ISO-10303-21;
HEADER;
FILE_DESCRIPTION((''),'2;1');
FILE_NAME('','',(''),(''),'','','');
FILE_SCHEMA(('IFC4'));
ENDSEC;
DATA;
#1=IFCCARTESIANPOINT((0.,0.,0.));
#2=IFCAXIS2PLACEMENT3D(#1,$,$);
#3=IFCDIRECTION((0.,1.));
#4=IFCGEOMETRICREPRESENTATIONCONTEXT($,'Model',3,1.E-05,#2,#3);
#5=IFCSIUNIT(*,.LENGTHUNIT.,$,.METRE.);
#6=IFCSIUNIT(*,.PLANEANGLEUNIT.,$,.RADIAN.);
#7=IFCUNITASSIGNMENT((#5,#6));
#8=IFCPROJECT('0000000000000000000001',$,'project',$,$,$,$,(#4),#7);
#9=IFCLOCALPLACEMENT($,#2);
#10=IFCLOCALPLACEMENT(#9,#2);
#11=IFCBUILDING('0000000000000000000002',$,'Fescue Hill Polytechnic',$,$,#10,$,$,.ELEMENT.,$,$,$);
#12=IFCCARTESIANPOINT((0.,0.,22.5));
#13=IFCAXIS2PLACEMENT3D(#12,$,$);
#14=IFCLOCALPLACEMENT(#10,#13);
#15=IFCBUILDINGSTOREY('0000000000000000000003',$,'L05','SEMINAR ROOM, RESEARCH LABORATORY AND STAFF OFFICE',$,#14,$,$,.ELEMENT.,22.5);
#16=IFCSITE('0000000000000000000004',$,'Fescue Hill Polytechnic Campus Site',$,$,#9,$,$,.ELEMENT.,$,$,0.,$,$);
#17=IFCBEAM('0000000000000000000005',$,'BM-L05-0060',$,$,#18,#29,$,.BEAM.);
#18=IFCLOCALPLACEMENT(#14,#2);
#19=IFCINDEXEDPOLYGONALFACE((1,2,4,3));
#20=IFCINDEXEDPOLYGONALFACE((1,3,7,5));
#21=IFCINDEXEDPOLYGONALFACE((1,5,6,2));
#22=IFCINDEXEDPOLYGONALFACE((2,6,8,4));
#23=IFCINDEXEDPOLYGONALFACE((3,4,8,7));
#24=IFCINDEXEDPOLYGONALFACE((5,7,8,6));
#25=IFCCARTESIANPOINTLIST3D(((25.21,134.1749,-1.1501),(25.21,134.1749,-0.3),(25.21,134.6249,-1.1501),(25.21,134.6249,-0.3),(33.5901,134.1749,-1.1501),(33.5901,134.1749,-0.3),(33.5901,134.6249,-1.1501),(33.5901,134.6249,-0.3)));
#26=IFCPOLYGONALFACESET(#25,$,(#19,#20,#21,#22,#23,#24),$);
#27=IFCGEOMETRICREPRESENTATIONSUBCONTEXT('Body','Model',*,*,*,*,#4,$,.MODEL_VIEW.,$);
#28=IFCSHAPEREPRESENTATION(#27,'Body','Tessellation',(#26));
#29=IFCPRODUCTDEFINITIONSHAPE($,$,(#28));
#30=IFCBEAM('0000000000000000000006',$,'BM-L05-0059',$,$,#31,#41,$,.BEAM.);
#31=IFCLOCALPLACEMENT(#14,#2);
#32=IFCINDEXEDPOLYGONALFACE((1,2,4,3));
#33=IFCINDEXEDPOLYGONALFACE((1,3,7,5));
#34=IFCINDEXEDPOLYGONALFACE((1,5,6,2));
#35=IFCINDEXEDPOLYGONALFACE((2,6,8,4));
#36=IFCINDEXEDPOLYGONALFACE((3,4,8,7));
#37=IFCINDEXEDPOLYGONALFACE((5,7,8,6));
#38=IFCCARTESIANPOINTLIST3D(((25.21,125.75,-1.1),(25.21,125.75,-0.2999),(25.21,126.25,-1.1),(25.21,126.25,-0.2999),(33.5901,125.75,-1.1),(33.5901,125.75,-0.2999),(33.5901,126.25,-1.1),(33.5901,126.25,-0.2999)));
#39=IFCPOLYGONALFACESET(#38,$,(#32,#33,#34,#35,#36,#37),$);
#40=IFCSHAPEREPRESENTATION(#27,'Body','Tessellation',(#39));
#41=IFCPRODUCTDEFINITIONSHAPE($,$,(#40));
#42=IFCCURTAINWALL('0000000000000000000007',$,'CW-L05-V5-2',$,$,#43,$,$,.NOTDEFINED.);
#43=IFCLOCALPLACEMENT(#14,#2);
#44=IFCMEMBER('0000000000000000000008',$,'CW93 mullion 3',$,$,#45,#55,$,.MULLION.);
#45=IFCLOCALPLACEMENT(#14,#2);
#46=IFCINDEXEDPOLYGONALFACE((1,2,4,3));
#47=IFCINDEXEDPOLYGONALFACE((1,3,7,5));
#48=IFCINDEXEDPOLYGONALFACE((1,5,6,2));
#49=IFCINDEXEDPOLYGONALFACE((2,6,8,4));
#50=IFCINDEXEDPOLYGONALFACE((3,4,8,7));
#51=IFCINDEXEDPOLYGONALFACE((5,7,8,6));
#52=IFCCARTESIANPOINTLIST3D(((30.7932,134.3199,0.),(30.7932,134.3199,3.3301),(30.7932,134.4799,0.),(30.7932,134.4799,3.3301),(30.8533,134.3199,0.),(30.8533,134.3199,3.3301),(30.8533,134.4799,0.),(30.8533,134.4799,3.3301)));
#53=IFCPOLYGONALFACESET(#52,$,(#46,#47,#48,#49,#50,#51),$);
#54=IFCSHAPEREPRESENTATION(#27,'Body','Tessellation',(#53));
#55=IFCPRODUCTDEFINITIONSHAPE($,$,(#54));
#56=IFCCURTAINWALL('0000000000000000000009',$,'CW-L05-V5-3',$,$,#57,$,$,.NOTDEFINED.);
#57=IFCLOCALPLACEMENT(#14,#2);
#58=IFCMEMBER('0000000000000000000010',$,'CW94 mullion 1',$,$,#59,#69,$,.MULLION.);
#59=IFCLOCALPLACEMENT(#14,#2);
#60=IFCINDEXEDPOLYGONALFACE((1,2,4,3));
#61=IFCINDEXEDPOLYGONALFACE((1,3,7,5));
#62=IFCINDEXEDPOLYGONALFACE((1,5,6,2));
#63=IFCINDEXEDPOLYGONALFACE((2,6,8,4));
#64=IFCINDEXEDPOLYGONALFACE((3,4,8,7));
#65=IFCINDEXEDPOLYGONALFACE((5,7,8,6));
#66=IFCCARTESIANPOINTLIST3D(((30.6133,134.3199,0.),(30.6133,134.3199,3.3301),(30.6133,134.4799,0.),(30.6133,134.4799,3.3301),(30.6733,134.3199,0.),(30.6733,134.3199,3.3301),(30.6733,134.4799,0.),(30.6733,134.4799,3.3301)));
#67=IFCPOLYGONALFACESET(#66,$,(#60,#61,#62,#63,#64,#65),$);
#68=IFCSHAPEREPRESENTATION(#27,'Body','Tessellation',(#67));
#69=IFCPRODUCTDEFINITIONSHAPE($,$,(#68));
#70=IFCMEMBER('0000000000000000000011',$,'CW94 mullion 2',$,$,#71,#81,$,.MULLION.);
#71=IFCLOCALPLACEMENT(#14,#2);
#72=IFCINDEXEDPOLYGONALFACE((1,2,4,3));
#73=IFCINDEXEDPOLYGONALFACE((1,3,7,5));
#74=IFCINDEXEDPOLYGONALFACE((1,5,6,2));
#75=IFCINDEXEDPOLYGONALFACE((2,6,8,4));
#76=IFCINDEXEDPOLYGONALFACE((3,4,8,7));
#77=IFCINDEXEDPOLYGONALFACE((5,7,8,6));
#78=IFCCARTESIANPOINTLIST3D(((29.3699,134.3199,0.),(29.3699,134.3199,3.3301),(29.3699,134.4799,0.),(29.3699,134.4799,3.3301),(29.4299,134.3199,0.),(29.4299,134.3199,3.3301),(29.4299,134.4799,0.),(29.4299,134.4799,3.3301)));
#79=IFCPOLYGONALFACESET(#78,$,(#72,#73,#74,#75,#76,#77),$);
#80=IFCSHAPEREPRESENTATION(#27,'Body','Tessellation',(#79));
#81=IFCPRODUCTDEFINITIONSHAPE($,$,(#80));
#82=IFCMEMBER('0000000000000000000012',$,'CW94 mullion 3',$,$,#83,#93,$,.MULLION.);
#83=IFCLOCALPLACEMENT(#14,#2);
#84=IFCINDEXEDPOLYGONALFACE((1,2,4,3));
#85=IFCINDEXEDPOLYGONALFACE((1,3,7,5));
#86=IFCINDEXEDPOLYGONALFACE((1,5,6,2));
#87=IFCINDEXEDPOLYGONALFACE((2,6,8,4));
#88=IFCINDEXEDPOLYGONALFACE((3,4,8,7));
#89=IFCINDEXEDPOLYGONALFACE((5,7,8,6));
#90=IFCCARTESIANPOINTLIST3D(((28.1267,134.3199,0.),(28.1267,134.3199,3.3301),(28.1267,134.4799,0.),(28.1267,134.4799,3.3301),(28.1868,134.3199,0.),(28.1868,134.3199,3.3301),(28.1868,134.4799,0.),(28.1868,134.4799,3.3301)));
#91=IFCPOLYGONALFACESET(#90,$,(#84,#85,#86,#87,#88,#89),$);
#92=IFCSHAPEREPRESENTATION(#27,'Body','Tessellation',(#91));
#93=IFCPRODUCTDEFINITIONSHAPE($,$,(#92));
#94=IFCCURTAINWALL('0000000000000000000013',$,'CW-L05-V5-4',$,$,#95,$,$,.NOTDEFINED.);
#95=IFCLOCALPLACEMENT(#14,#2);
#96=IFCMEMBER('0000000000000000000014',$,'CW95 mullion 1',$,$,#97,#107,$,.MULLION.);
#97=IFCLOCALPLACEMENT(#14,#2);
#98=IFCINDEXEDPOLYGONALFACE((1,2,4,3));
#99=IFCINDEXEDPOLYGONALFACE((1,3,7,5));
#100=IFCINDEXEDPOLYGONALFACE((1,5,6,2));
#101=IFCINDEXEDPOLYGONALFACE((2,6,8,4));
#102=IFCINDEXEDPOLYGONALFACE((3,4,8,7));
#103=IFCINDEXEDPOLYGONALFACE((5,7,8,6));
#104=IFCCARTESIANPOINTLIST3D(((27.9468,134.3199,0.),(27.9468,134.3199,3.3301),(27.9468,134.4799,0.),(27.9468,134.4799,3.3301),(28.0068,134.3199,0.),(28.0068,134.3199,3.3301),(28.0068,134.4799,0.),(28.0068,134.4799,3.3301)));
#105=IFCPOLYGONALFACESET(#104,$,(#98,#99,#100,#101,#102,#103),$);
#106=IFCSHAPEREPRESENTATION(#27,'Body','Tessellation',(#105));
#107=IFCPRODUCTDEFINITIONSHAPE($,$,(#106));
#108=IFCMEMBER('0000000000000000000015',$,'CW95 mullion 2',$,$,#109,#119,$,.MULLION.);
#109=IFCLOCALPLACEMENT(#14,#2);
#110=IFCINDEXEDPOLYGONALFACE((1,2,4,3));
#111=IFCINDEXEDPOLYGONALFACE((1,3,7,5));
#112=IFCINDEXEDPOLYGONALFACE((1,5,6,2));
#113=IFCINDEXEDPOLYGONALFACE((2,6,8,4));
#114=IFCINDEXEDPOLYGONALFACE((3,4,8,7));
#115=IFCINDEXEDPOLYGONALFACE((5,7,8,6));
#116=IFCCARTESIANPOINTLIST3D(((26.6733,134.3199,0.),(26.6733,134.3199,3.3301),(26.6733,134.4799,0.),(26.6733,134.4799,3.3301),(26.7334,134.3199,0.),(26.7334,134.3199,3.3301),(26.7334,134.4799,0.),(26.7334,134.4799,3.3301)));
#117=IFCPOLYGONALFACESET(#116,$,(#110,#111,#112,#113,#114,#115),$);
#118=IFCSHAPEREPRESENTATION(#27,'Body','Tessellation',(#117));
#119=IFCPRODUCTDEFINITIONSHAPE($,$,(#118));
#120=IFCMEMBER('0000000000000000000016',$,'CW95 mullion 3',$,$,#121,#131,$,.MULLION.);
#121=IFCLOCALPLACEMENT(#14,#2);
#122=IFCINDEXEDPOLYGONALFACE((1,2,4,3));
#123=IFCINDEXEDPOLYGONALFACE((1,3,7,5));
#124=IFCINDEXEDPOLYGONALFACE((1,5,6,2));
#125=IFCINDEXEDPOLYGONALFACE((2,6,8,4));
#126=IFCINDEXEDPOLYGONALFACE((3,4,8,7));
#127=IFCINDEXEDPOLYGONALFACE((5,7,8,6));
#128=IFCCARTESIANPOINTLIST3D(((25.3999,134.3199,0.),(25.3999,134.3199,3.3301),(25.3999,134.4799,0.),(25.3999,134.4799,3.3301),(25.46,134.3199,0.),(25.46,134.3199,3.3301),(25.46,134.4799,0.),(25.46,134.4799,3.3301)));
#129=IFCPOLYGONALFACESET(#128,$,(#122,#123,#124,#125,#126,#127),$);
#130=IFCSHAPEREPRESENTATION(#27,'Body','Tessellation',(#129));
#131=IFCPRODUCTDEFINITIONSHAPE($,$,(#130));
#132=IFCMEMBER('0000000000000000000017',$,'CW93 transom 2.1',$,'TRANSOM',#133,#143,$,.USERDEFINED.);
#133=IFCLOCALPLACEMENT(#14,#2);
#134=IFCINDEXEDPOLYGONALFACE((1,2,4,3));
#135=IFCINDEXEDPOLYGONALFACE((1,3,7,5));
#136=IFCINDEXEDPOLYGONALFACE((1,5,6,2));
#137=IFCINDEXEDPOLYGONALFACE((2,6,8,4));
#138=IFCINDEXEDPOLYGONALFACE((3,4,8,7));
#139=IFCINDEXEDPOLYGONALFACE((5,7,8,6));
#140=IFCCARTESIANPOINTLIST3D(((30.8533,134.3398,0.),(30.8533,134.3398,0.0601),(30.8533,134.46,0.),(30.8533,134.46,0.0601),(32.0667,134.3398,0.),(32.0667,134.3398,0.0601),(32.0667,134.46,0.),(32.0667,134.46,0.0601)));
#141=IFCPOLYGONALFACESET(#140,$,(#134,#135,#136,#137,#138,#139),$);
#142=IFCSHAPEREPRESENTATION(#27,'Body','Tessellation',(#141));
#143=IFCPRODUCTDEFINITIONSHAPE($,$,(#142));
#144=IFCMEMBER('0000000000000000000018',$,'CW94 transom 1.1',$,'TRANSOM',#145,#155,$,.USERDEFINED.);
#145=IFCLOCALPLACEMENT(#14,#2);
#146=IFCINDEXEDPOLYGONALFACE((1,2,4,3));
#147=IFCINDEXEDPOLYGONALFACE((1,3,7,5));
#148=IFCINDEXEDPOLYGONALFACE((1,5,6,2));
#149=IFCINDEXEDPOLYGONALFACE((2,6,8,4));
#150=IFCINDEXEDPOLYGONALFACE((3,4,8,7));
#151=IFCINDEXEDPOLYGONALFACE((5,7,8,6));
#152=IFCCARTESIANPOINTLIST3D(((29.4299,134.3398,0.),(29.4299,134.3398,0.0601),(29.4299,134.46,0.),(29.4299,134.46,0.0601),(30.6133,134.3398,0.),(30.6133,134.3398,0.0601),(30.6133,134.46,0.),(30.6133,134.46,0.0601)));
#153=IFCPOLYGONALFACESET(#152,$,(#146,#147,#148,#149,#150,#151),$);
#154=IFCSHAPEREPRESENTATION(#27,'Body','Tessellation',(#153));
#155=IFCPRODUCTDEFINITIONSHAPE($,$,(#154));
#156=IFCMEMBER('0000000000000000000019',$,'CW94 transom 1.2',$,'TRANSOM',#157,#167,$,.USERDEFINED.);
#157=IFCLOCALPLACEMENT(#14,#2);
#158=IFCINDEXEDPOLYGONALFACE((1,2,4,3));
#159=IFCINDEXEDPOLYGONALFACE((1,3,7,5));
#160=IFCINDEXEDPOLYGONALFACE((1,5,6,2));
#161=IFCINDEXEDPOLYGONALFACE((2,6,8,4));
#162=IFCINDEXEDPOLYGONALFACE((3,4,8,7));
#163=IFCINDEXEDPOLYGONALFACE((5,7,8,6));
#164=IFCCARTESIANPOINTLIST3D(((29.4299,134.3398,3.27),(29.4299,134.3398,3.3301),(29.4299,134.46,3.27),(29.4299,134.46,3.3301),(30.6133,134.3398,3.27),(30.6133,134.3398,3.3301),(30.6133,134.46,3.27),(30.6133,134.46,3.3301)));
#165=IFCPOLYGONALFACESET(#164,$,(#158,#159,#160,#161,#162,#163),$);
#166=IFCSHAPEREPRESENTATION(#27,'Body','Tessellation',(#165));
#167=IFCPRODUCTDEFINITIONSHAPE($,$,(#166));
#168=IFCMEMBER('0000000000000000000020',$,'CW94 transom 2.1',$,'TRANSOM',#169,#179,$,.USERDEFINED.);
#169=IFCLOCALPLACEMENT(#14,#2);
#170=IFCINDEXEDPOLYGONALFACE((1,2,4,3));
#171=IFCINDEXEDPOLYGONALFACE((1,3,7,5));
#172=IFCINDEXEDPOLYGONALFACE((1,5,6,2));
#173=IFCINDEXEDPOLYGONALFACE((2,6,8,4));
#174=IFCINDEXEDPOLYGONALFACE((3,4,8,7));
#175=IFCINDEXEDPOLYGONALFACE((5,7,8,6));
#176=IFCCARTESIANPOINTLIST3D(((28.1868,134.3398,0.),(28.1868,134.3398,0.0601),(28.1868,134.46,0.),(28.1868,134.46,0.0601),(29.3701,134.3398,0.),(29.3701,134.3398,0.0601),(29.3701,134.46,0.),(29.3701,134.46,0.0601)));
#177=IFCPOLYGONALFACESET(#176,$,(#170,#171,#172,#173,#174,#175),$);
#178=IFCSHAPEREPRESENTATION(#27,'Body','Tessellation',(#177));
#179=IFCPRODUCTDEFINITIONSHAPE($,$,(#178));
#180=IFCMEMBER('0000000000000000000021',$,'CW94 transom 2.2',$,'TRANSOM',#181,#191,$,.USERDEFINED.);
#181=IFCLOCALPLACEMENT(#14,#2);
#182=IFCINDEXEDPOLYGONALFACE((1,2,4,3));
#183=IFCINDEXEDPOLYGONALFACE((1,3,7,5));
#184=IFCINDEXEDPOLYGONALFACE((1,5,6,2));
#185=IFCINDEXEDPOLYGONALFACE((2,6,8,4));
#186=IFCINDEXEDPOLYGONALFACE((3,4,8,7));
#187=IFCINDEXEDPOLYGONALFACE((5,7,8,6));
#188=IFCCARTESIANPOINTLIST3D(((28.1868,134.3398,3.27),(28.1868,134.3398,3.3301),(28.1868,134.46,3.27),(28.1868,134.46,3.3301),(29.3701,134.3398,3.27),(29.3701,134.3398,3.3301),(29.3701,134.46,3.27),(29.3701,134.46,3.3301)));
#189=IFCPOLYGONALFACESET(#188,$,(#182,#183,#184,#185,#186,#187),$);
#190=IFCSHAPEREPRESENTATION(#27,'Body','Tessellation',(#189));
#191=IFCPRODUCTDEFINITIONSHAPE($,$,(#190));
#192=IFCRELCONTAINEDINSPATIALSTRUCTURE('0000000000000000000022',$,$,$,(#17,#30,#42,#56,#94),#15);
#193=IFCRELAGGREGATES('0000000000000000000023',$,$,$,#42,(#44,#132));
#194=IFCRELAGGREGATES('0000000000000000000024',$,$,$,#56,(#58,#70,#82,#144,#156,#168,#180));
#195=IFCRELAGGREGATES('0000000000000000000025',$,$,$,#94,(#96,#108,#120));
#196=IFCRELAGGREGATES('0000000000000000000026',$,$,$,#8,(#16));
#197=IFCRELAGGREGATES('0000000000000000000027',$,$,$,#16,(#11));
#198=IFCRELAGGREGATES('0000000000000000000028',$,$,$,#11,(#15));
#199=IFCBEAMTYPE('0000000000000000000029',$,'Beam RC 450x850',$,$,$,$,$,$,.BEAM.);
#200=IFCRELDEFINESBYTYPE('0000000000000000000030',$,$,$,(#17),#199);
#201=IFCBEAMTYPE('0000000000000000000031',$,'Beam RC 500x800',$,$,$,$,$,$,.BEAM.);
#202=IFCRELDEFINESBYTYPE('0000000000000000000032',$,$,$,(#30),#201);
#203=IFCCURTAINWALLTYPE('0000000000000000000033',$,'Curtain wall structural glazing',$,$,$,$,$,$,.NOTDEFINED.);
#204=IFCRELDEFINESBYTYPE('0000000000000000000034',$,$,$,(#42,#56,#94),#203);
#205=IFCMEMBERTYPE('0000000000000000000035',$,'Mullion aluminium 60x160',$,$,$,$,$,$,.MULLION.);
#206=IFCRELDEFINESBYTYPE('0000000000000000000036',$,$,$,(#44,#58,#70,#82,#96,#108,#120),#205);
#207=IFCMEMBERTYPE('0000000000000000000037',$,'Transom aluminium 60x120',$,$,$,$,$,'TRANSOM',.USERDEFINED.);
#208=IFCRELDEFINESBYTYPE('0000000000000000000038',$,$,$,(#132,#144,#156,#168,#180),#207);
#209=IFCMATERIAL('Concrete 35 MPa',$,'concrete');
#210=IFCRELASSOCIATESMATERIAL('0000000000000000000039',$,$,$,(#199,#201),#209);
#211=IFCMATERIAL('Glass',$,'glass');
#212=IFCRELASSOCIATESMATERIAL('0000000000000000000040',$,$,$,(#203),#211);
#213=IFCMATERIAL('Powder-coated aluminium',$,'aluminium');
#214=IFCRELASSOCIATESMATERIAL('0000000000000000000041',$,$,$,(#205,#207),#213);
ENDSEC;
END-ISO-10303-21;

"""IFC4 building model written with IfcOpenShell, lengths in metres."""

from ifc_helpers import new_model, si_unit, direction, frame, origin, origin_2d, place, context, subcontext, project, spatial, rectangle, extrude, material, material_profile, profile_set, type_object, element, aggregate, save


model = new_model("IFC4")

# Units and contexts
model_context = context("Model", 3, precision=1e-05, world=origin(), true_north=direction((0.0, 1.0)))
body_context = subcontext(model_context, "Body", "Model", "MODEL_VIEW")
ifc_project = project(units=[si_unit("LENGTHUNIT", "METRE"), si_unit("PLANEANGLEUNIT", "RADIAN")], contexts=[model_context])

# Site, building, storey
site_placement = place(None, origin())
site = spatial("IfcSite", under=ifc_project, at=site_placement, Name="Fescue Hill Polytechnic Campus Site", CompositionType="ELEMENT", RefElevation=0.0)
building_placement = place(site_placement, origin())
building = spatial("IfcBuilding", under=site, at=building_placement, Name="Fescue Hill Polytechnic", CompositionType="ELEMENT")
storey_placement = place(building_placement, frame((0.0, 0.0, 22.5)))
storey = spatial("IfcBuildingStorey", under=building, at=storey_placement, Name="L05", Description="SEMINAR ROOM, RESEARCH LABORATORY AND STAFF OFFICE", CompositionType="ELEMENT", Elevation=22.5)

# Beams
ifc_material_1 = material(Name="Concrete 35 MPa", Category="concrete")
ifc_material_profile_1 = material_profile(ifc_material_1, rectangle(XDim=0.45, YDim=0.8501, at=origin_2d()), Name="RC 450x850")
ifc_profile_set_1 = profile_set([ifc_material_profile_1], Name="Concrete 35 MPa")
beam_type_1 = type_object("IfcBeamType", Name="Beam RC 450x850", PredefinedType="BEAM", material=ifc_profile_set_1)
beam_1_placement = place(storey_placement, frame((25.21, 134.3999, -0.7251), z_axis=(1.0, 0.0, 0.0), x_axis=(0.0, 1.0, 0.0)))
element("IfcBeam", 1, at=beam_1_placement, inside=storey, type_object=beam_type_1, Name="BM-L05-0060", PredefinedType="BEAM", context=body_context, shape_type="SweptSolid", body=[
    extrude(rectangle(XDim=0.45, YDim=0.8501, at=origin_2d()), origin(), (0.0, 0.0, 1.0), 8.3801),
])
ifc_material_profile_2 = material_profile(ifc_material_1, rectangle(XDim=0.5, YDim=0.8, at=origin_2d()), Name="RC 500x800")
ifc_profile_set_2 = profile_set([ifc_material_profile_2], Name="Concrete 35 MPa")
beam_type_2 = type_object("IfcBeamType", Name="Beam RC 500x800", PredefinedType="BEAM", material=ifc_profile_set_2)
beam_2_placement = place(storey_placement, frame((25.21, 126.0, -0.7), z_axis=(1.0, 0.0, 0.0), x_axis=(0.0, 1.0, 0.0)))
element("IfcBeam", 2, at=beam_2_placement, inside=storey, type_object=beam_type_2, Name="BM-L05-0059", PredefinedType="BEAM", context=body_context, shape_type="SweptSolid", body=[
    extrude(rectangle(XDim=0.5, YDim=0.8, at=origin_2d()), origin(), (0.0, 0.0, 1.0), 8.3801),
])

# Curtain wall, member
ifc_material_2 = material(Name="Glass", Category="glass")
curtain_wall_type = type_object("IfcCurtainWallType", Name="Curtain wall structural glazing", PredefinedType="NOTDEFINED", material=ifc_material_2)
curtain_wall_1_placement = place(storey_placement, origin())
curtain_wall_1 = element("IfcCurtainWall", 3, at=curtain_wall_1_placement, inside=storey, type_object=curtain_wall_type, Name="CW-L05-V5-2", PredefinedType="NOTDEFINED")
ifc_material_3 = material(Name="Powder-coated aluminium", Category="aluminium")
ifc_material_profile_3 = material_profile(ifc_material_3, rectangle(XDim=0.1599, YDim=0.0601, at=origin_2d()), Name="Mullion aluminium 60x160")
ifc_profile_set_3 = profile_set([ifc_material_profile_3], Name="Powder-coated aluminium")
member_type_1 = type_object("IfcMemberType", Name="Mullion aluminium 60x160", PredefinedType="MULLION", material=ifc_profile_set_3)
member_1_placement = place(storey_placement, frame((30.8232, 134.3999, 0.0), z_axis=(0.0, 0.0, 1.0), x_axis=(0.0, -1.0, 0.0)))
member_1 = element("IfcMember", 4, at=member_1_placement, type_object=member_type_1, Name="CW93 mullion 3", PredefinedType="MULLION", context=body_context, shape_type="SweptSolid", body=[
    extrude(rectangle(XDim=0.1599, YDim=0.0601, at=origin_2d()), origin(), (0.0, 0.0, 1.0), 3.3301),
])

# Curtain walls, members
curtain_wall_2_placement = place(storey_placement, origin())
curtain_wall_2 = element("IfcCurtainWall", 5, at=curtain_wall_2_placement, inside=storey, type_object=curtain_wall_type, Name="CW-L05-V5-3", PredefinedType="NOTDEFINED")
member_2_placement = place(storey_placement, frame((30.6433, 134.3999, 0.0), z_axis=(0.0, 0.0, 1.0), x_axis=(0.0, -1.0, 0.0)))
member_2 = element("IfcMember", 6, at=member_2_placement, type_object=member_type_1, Name="CW94 mullion 1", PredefinedType="MULLION", context=body_context, shape_type="SweptSolid", body=[
    extrude(rectangle(XDim=0.1599, YDim=0.0601, at=origin_2d()), origin(), (0.0, 0.0, 1.0), 3.3301),
])
member_3_placement = place(storey_placement, frame((29.3999, 134.3999, 0.0), z_axis=(0.0, 0.0, 1.0), x_axis=(0.0, -1.0, 0.0)))
member_3 = element("IfcMember", 7, at=member_3_placement, type_object=member_type_1, Name="CW94 mullion 2", PredefinedType="MULLION", context=body_context, shape_type="SweptSolid", body=[
    extrude(rectangle(XDim=0.1599, YDim=0.0601, at=origin_2d()), origin(), (0.0, 0.0, 1.0), 3.3301),
])
member_4_placement = place(storey_placement, frame((28.1567, 134.3999, 0.0), z_axis=(0.0, 0.0, 1.0), x_axis=(0.0, -1.0, 0.0)))
member_4 = element("IfcMember", 8, at=member_4_placement, type_object=member_type_1, Name="CW94 mullion 3", PredefinedType="MULLION", context=body_context, shape_type="SweptSolid", body=[
    extrude(rectangle(XDim=0.1599, YDim=0.0601, at=origin_2d()), origin(), (0.0, 0.0, 1.0), 3.3301),
])
curtain_wall_3_placement = place(storey_placement, origin())
curtain_wall_3 = element("IfcCurtainWall", 9, at=curtain_wall_3_placement, inside=storey, type_object=curtain_wall_type, Name="CW-L05-V5-4", PredefinedType="NOTDEFINED")
member_5_placement = place(storey_placement, frame((27.9768, 134.3999, 0.0), z_axis=(0.0, 0.0, 1.0), x_axis=(0.0, -1.0, 0.0)))
member_5 = element("IfcMember", 10, at=member_5_placement, type_object=member_type_1, Name="CW95 mullion 1", PredefinedType="MULLION", context=body_context, shape_type="SweptSolid", body=[
    extrude(rectangle(XDim=0.1599, YDim=0.0601, at=origin_2d()), origin(), (0.0, 0.0, 1.0), 3.3301),
])
member_6_placement = place(storey_placement, frame((26.7034, 134.3999, 0.0), z_axis=(0.0, 0.0, 1.0), x_axis=(0.0, -1.0, 0.0)))
member_6 = element("IfcMember", 11, at=member_6_placement, type_object=member_type_1, Name="CW95 mullion 2", PredefinedType="MULLION", context=body_context, shape_type="SweptSolid", body=[
    extrude(rectangle(XDim=0.1599, YDim=0.0601, at=origin_2d()), origin(), (0.0, 0.0, 1.0), 3.3301),
])
member_7_placement = place(storey_placement, frame((25.4299, 134.3999, 0.0), z_axis=(0.0, 0.0, 1.0), x_axis=(0.0, -1.0, 0.0)))
member_7 = element("IfcMember", 12, at=member_7_placement, type_object=member_type_1, Name="CW95 mullion 3", PredefinedType="MULLION", context=body_context, shape_type="SweptSolid", body=[
    extrude(rectangle(XDim=0.1599, YDim=0.0601, at=origin_2d()), origin(), (0.0, 0.0, 1.0), 3.3301),
])

# Members
ifc_material_profile_4 = material_profile(ifc_material_3, rectangle(XDim=0.1201, YDim=0.0601, at=origin_2d()), Name="Transom aluminium 60x120")
ifc_profile_set_4 = profile_set([ifc_material_profile_4], Name="Powder-coated aluminium")
member_type_2 = type_object("IfcMemberType", Name="Transom aluminium 60x120", ElementType="TRANSOM", PredefinedType="USERDEFINED", material=ifc_profile_set_4)
member_8_placement = place(storey_placement, frame((32.0667, 134.3999, 0.03), z_axis=(-1.0, 0.0, 0.0), x_axis=(0.0, -1.0, 0.0)))
member_8 = element("IfcMember", 13, at=member_8_placement, type_object=member_type_2, Name="CW93 transom 2.1", ObjectType="TRANSOM", PredefinedType="USERDEFINED", context=body_context, shape_type="SweptSolid", body=[
    extrude(rectangle(XDim=0.1201, YDim=0.0601, at=origin_2d()), origin(), (0.0, 0.0, 1.0), 1.2134),
])
member_9_placement = place(storey_placement, frame((30.6133, 134.3999, 0.03), z_axis=(-1.0, 0.0, 0.0), x_axis=(0.0, -1.0, 0.0)))
member_9 = element("IfcMember", 14, at=member_9_placement, type_object=member_type_2, Name="CW94 transom 1.1", ObjectType="TRANSOM", PredefinedType="USERDEFINED", context=body_context, shape_type="SweptSolid", body=[
    extrude(rectangle(XDim=0.1201, YDim=0.0601, at=origin_2d()), origin(), (0.0, 0.0, 1.0), 1.1833),
])
member_10_placement = place(storey_placement, frame((30.6133, 134.3999, 3.3), z_axis=(-1.0, 0.0, 0.0), x_axis=(0.0, -1.0, 0.0)))
member_10 = element("IfcMember", 15, at=member_10_placement, type_object=member_type_2, Name="CW94 transom 1.2", ObjectType="TRANSOM", PredefinedType="USERDEFINED", context=body_context, shape_type="SweptSolid", body=[
    extrude(rectangle(XDim=0.1201, YDim=0.0601, at=origin_2d()), origin(), (0.0, 0.0, 1.0), 1.1833),
])
member_11_placement = place(storey_placement, frame((29.3701, 134.3999, 0.03), z_axis=(-1.0, 0.0, 0.0), x_axis=(0.0, -1.0, 0.0)))
member_11 = element("IfcMember", 16, at=member_11_placement, type_object=member_type_2, Name="CW94 transom 2.1", ObjectType="TRANSOM", PredefinedType="USERDEFINED", context=body_context, shape_type="SweptSolid", body=[
    extrude(rectangle(XDim=0.1201, YDim=0.0601, at=origin_2d()), origin(), (0.0, 0.0, 1.0), 1.1833),
])
member_12_placement = place(storey_placement, frame((29.3701, 134.3999, 3.3), z_axis=(-1.0, 0.0, 0.0), x_axis=(0.0, -1.0, 0.0)))
member_12 = element("IfcMember", 17, at=member_12_placement, type_object=member_type_2, Name="CW94 transom 2.2", ObjectType="TRANSOM", PredefinedType="USERDEFINED", context=body_context, shape_type="SweptSolid", body=[
    extrude(rectangle(XDim=0.1201, YDim=0.0601, at=origin_2d()), origin(), (0.0, 0.0, 1.0), 1.1833),
])

aggregate(curtain_wall_1, [member_1, member_8])
aggregate(curtain_wall_2, [member_2, member_3, member_4, member_9, member_10, member_11, member_12])
aggregate(curtain_wall_3, [member_5, member_6, member_7])

save(model, "model.ifc")
